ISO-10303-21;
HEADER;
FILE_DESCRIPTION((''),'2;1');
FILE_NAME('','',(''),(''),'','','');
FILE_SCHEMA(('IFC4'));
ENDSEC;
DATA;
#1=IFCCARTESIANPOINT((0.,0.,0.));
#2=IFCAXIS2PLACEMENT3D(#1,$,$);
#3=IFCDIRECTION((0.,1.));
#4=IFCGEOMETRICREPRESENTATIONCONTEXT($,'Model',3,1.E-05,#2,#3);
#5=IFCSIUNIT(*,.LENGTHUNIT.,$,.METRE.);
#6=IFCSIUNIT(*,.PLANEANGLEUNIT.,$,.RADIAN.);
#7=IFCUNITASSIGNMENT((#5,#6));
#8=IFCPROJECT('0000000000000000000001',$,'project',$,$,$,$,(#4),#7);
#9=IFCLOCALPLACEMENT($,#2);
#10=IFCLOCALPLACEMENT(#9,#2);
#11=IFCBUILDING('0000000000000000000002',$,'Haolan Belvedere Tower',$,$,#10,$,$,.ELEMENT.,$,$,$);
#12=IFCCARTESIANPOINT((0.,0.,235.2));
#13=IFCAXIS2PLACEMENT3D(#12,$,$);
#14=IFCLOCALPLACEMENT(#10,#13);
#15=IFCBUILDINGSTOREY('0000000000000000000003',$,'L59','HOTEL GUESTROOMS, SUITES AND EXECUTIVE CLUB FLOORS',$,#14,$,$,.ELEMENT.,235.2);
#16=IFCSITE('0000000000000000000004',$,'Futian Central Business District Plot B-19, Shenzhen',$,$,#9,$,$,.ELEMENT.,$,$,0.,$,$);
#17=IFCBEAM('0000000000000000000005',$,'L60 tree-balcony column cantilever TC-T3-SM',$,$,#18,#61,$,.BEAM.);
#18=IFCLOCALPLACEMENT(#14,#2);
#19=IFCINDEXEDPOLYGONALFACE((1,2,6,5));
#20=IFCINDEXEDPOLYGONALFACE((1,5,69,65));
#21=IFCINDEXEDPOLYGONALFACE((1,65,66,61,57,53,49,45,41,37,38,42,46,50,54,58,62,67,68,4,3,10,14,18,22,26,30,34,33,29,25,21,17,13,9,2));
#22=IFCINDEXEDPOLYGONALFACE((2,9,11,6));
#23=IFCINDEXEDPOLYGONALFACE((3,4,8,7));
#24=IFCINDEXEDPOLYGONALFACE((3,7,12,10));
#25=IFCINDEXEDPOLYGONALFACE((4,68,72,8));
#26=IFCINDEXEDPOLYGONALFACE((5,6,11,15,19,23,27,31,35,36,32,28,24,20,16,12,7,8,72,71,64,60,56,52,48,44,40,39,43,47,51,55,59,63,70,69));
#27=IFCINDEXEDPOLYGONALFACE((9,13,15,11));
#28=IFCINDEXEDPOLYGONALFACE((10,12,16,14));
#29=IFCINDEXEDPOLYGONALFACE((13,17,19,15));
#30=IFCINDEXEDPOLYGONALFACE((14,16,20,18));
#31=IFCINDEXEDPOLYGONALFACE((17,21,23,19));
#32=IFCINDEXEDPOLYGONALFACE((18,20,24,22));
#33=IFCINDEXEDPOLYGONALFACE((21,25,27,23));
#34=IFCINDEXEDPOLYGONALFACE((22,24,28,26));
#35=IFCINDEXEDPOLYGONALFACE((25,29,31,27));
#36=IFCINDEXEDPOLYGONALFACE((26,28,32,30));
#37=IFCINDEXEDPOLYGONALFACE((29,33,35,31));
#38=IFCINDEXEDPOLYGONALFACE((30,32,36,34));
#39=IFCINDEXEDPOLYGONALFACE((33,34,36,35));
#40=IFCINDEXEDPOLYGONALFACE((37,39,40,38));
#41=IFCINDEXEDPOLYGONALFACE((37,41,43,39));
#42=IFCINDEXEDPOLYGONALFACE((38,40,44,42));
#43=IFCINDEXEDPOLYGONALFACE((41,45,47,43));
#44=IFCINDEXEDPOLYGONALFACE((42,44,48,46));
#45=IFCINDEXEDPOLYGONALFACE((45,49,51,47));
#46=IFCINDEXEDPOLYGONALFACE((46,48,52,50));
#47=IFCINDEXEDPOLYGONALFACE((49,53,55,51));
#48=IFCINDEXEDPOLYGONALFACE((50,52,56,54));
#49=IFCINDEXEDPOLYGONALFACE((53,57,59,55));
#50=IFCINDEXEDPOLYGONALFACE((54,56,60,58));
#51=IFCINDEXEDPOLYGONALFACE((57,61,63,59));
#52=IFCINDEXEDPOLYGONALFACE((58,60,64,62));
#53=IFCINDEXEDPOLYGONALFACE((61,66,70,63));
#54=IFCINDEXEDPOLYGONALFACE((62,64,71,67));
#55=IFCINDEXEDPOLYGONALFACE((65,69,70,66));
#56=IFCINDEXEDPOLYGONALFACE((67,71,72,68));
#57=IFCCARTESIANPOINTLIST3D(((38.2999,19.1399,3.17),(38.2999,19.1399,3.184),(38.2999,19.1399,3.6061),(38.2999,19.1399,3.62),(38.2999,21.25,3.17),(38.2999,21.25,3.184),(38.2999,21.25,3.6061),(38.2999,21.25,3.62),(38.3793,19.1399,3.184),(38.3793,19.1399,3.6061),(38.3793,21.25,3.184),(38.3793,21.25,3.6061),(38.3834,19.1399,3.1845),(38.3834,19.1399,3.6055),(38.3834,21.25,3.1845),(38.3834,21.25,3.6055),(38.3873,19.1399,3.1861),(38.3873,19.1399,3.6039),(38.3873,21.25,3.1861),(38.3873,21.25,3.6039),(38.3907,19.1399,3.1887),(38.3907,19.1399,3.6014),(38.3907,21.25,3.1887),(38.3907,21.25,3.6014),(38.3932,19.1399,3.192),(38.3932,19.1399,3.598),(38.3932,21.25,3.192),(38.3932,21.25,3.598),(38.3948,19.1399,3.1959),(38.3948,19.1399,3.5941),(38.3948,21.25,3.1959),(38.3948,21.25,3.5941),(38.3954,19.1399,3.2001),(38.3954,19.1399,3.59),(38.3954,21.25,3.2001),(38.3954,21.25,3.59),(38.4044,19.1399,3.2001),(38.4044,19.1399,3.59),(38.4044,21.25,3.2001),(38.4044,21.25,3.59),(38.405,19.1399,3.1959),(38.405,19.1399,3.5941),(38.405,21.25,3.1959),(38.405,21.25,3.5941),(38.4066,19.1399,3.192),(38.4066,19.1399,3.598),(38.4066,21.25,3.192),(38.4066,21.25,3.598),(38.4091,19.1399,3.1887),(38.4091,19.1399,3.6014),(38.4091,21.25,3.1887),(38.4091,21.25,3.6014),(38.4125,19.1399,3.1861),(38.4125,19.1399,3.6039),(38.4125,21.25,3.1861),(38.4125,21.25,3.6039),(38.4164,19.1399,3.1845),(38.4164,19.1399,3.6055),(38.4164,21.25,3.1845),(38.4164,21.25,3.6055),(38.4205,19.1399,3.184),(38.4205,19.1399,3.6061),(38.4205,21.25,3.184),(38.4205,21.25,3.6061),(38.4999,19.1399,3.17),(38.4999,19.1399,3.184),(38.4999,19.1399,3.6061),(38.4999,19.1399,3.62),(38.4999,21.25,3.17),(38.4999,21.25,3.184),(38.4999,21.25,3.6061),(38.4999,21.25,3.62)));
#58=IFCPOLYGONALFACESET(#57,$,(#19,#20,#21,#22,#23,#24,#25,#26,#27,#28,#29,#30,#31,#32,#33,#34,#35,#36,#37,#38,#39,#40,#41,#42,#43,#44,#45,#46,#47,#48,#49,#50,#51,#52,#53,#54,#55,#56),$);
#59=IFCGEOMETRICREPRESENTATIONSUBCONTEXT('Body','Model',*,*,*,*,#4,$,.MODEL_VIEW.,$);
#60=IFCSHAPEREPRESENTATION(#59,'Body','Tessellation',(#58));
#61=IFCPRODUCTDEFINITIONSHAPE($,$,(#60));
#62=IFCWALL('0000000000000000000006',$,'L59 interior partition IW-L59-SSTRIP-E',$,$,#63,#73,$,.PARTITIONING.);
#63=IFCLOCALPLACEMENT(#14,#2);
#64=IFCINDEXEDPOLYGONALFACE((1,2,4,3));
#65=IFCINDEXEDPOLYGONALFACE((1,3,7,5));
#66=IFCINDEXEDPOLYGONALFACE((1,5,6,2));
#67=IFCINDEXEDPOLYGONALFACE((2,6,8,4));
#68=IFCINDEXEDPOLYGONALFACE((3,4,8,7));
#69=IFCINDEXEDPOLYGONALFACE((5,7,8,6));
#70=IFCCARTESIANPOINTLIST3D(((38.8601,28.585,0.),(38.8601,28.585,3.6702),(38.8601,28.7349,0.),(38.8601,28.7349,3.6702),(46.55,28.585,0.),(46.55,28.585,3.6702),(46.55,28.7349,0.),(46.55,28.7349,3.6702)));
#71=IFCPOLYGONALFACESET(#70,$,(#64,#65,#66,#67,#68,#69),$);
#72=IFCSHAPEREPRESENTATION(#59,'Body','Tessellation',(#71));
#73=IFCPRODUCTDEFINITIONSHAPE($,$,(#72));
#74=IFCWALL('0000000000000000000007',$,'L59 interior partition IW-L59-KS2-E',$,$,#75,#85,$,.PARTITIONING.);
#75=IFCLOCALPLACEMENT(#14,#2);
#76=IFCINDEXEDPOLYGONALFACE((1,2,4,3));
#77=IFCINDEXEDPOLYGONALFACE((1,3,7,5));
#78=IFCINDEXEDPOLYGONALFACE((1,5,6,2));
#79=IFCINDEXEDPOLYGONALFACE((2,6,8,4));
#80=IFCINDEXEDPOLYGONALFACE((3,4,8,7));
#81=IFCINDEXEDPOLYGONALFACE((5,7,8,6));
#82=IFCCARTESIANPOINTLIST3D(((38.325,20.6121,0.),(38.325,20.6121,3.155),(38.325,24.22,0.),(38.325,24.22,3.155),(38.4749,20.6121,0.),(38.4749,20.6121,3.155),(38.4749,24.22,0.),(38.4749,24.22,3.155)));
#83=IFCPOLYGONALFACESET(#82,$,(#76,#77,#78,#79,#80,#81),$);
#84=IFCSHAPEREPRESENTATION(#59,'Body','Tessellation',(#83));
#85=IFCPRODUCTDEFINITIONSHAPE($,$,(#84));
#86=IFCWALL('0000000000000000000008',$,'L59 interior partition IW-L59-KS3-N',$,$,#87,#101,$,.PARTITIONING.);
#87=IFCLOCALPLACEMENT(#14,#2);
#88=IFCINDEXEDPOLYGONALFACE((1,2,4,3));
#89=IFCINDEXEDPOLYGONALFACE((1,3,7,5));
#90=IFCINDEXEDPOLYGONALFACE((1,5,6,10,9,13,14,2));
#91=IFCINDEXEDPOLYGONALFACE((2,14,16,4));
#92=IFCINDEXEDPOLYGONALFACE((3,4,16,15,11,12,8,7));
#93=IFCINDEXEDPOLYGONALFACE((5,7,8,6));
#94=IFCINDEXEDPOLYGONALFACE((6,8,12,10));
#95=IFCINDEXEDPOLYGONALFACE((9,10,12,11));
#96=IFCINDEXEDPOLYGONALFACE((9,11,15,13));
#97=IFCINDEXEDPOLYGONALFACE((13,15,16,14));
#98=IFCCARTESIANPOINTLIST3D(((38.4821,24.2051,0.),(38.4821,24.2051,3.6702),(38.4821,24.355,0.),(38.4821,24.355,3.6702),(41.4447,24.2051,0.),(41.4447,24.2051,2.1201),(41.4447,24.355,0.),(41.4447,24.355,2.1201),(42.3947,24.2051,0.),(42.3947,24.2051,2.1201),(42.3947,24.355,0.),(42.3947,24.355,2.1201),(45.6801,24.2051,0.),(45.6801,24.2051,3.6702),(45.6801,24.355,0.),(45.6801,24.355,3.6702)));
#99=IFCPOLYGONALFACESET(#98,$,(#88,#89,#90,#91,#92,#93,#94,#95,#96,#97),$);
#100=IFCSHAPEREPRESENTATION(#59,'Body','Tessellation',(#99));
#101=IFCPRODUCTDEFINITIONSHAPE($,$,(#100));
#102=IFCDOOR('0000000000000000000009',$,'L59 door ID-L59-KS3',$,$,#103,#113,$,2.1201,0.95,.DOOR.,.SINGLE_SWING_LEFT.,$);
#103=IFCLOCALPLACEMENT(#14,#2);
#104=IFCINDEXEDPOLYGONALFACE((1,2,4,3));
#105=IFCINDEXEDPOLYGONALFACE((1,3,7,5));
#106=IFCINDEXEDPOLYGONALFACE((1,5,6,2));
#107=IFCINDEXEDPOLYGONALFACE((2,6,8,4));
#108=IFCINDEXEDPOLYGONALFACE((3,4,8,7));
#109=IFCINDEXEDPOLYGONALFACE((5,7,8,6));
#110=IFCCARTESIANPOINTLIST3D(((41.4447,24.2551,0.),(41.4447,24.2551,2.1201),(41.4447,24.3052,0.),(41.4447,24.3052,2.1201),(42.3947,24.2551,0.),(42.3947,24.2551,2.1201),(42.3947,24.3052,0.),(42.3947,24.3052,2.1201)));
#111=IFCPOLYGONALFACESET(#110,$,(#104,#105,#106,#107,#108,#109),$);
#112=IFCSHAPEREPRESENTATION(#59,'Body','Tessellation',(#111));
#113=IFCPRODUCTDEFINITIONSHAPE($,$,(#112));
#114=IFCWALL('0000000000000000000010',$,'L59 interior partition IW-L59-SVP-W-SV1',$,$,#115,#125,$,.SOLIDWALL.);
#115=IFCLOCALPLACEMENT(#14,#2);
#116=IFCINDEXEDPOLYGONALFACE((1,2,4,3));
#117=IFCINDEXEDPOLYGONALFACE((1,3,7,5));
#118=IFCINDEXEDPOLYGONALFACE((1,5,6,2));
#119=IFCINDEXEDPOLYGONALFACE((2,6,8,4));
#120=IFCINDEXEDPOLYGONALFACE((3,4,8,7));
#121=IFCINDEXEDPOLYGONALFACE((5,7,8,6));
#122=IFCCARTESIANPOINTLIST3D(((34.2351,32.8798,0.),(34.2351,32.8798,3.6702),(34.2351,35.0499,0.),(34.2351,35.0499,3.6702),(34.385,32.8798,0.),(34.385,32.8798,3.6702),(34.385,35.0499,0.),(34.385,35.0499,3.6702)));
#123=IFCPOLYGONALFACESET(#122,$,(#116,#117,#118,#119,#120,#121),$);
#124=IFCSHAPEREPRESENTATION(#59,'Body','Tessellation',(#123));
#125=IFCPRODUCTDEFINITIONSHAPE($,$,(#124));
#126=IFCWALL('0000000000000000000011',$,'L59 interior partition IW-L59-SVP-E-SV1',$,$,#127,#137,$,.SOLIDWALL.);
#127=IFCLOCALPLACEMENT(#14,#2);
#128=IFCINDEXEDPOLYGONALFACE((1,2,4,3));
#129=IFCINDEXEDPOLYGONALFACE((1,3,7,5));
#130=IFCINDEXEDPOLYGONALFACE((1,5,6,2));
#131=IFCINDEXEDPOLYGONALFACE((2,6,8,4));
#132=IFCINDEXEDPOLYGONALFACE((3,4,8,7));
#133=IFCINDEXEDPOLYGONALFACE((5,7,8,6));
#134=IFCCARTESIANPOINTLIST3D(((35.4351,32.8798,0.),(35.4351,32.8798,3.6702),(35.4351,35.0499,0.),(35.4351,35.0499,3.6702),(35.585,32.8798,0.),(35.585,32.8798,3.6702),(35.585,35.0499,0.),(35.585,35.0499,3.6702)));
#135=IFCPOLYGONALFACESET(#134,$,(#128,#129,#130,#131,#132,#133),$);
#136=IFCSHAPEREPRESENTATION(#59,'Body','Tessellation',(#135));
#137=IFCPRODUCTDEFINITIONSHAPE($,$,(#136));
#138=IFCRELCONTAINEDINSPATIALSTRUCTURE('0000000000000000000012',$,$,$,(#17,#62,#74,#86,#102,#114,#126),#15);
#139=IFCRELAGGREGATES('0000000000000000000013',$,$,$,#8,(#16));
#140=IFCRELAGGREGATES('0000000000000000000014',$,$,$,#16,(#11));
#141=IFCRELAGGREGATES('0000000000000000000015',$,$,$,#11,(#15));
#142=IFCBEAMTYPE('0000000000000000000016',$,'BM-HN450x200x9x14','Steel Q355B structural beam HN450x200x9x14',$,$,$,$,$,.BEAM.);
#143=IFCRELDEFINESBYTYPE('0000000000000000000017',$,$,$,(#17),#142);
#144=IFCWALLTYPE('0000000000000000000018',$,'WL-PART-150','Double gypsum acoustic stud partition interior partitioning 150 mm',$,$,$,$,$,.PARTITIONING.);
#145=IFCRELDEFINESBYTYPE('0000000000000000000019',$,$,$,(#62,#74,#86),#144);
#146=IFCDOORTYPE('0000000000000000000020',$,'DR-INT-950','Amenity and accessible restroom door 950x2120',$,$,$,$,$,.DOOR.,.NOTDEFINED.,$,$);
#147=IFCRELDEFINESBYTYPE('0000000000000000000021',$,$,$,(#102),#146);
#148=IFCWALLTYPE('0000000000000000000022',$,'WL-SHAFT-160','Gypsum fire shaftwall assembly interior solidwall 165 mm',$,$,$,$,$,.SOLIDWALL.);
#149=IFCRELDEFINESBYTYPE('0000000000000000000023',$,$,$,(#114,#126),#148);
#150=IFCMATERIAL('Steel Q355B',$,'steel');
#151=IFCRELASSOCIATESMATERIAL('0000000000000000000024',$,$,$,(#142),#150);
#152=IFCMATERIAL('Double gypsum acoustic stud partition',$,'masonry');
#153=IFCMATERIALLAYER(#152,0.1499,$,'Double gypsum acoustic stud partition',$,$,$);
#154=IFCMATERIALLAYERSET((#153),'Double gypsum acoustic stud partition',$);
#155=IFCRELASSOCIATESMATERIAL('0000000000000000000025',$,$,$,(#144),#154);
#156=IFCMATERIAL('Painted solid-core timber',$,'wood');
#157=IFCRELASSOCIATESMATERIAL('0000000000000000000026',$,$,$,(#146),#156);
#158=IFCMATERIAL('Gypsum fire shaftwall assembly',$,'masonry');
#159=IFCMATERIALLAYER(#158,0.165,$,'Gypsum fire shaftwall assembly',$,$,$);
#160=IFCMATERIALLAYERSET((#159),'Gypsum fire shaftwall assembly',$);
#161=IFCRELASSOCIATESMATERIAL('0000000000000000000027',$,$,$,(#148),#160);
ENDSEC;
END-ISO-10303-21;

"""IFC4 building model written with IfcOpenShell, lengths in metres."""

from ifc_helpers import new_model, si_unit, direction, frame, frame_2d, origin, origin_2d, place, context, subcontext, project, spatial, rectangle, i_section, extrude, material, layer, layer_set, material_profile, profile_set, type_object, element, fill, save


model = new_model("IFC4")

# Units and contexts
model_context = context("Model", 3, precision=1e-05, world=origin(), true_north=direction((0.0, 1.0)))
body_context = subcontext(model_context, "Body", "Model", "MODEL_VIEW")
ifc_project = project(units=[si_unit("LENGTHUNIT", "METRE"), si_unit("PLANEANGLEUNIT", "RADIAN")], contexts=[model_context])

# Site, building, storey
site_placement = place(None, origin())
site = spatial("IfcSite", under=ifc_project, at=site_placement, Name="Futian Central Business District Plot B-19, Shenzhen", CompositionType="ELEMENT", RefElevation=0.0)
building_placement = place(site_placement, origin())
building = spatial("IfcBuilding", under=site, at=building_placement, Name="Haolan Belvedere Tower", CompositionType="ELEMENT")
storey_placement = place(building_placement, frame((0.0, 0.0, 235.2)))
storey = spatial("IfcBuildingStorey", under=building, at=storey_placement, Name="L59", Description="HOTEL GUESTROOMS, SUITES AND EXECUTIVE CLUB FLOORS", CompositionType="ELEMENT", Elevation=235.2)

# Beam
ifc_material_1 = material(Name="Steel Q355B", Category="steel")
ifc_material_profile_1 = material_profile(ifc_material_1, i_section(OverallWidth=0.2, OverallDepth=0.45, WebThickness=0.009, FlangeThickness=0.0139, FilletRadius=0.0161, at=origin_2d()), Name="Steel Q355B")
ifc_profile_set_1 = profile_set([ifc_material_profile_1], Name="Steel Q355B")
beam_type_1 = type_object("IfcBeamType", Name="BM-HN450x200x9x14", Description="Steel Q355B structural beam HN450x200x9x14", PredefinedType="BEAM", material=ifc_profile_set_1)
beam_1_placement = place(storey_placement, frame((38.3999, 21.25, 3.395), z_axis=(0.0, -1.0, 0.0), x_axis=(1.0, 0.0, 0.0)))
element("IfcBeam", 1, at=beam_1_placement, inside=storey, type_object=beam_type_1, Name="L60 tree-balcony column cantilever TC-T3-SM", PredefinedType="BEAM", context=body_context, shape_type="SweptSolid", body=[
    extrude(i_section(OverallWidth=0.2, OverallDepth=0.45, WebThickness=0.009, FlangeThickness=0.0139, FilletRadius=0.0161, at=origin_2d()), origin(), (0.0, 0.0, 1.0), 2.1101),
])

# Walls
ifc_material_2 = material(Name="Double gypsum acoustic stud partition", Category="masonry")
ifc_layer_1 = layer(ifc_material_2, 0.1499, Name="Double gypsum acoustic stud partition")
ifc_layer_set_1 = layer_set([ifc_layer_1], Name="Double gypsum acoustic stud partition")
wall_type_1 = type_object("IfcWallType", Name="WL-PART-150", Description="Double gypsum acoustic stud partition interior partitioning 150 mm", PredefinedType="PARTITIONING", material=ifc_layer_set_1)
wall_1_placement = place(storey_placement, frame((38.8601, 28.6599, 0.0), z_axis=(0.0, 0.0, 1.0), x_axis=(1.0, 0.0, 0.0)))
element("IfcWall", 2, at=wall_1_placement, inside=storey, type_object=wall_type_1, Name="L59 interior partition IW-L59-SSTRIP-E", PredefinedType="PARTITIONING", context=body_context, shape_type="SweptSolid", body=[
    extrude(rectangle(XDim=7.6899, YDim=0.1499, at=frame_2d((3.845, 0.0))), origin(), (0.0, 0.0, 1.0), 3.6702),
])
wall_2_placement = place(storey_placement, frame((38.3999, 20.6121, 0.0), z_axis=(0.0, 0.0, 1.0), x_axis=(0.0, 1.0, 0.0)))
element("IfcWall", 3, at=wall_2_placement, inside=storey, type_object=wall_type_1, Name="L59 interior partition IW-L59-KS2-E", PredefinedType="PARTITIONING", context=body_context, shape_type="SweptSolid", body=[
    extrude(rectangle(XDim=3.6079, YDim=0.1499, at=frame_2d((1.804, 0.0))), origin(), (0.0, 0.0, 1.0), 3.155),
])

# Wall, opening, door
wall_3_placement = place(storey_placement, frame((38.4819, 24.28, 0.0), z_axis=(0.0, 0.0, 1.0), x_axis=(1.0, 0.0, 0.0)))
wall_3 = element("IfcWall", 4, at=wall_3_placement, inside=storey, type_object=wall_type_1, Name="L59 interior partition IW-L59-KS3-N", PredefinedType="PARTITIONING", context=body_context, shape_type="SweptSolid", body=[
    extrude(rectangle(XDim=7.198, YDim=0.1499, at=frame_2d((3.5991, 0.0))), origin(), (0.0, 0.0, 1.0), 3.6702),
])
opening_1_placement = place(wall_3_placement, frame((3.9128, 0.0, 0.0), z_axis=(0.0, 0.0, 1.0), x_axis=(-1.0, 0.0, 0.0)))
opening_1 = element("IfcOpeningElement", 5, at=opening_1_placement, cuts=wall_3, PredefinedType="OPENING", context=body_context, shape_type="SweptSolid", body=[
    extrude(rectangle(XDim=0.95, YDim=2.1201, at=frame_2d((0.4751, 1.0601))), frame((0.0, 0.085, 0.0), z_axis=(0.0, -1.0, 0.0), x_axis=(1.0, 0.0, 0.0)), (0.0, 0.0, 1.0), 0.1699),
])
ifc_material_3 = material(Name="Painted solid-core timber", Category="wood")
door_type_1 = type_object("IfcDoorType", Name="DR-INT-950", Description="Amenity and accessible restroom door 950x2120", OperationType="NOTDEFINED", PredefinedType="DOOR", material=ifc_material_3)
door_1_placement = place(opening_1_placement, origin())
door_1 = element("IfcDoor", 6, at=door_1_placement, inside=storey, type_object=door_type_1, Name="L59 door ID-L59-KS3", OperationType="SINGLE_SWING_LEFT", OverallHeight=2.1201, OverallWidth=0.95, PredefinedType="DOOR", context=body_context, shape_type="SweptSolid", body=[
    extrude(rectangle(XDim=0.95, YDim=2.1201, at=frame_2d((0.4751, 1.0601))), frame((0.0, 0.0249, 0.0), z_axis=(0.0, -1.0, 0.0), x_axis=(1.0, 0.0, 0.0)), (0.0, 0.0, 1.0), 0.05),
])
fill(opening_1, door_1)

# Walls
ifc_material_4 = material(Name="Gypsum fire shaftwall assembly", Category="masonry")
ifc_layer_2 = layer(ifc_material_4, 0.165, Name="Gypsum fire shaftwall assembly")
ifc_layer_set_2 = layer_set([ifc_layer_2], Name="Gypsum fire shaftwall assembly")
wall_type_2 = type_object("IfcWallType", Name="WL-SHAFT-160", Description="Gypsum fire shaftwall assembly interior solidwall 165 mm", PredefinedType="SOLIDWALL", material=ifc_layer_set_2)
for number, where, z_axis, x_axis, name in (
    (7, (34.3101, 32.8799, 0.0), (0.0, 0.0, 1.0), (0.0, 1.0, 0.0), "L59 interior partition IW-L59-SVP-W-SV1"),
    (8, (35.51, 32.8799, 0.0), (0.0, 0.0, 1.0), (0.0, 1.0, 0.0), "L59 interior partition IW-L59-SVP-E-SV1"),
):
    element("IfcWall", number, at=place(storey_placement, frame(where, z_axis=z_axis, x_axis=x_axis)), inside=storey, type_object=wall_type_2, Name=name, PredefinedType="SOLIDWALL", context=body_context, shape_type="SweptSolid", body=[
        extrude(rectangle(XDim=2.1702, YDim=0.1499, at=frame_2d((1.085, 0.0))), origin(), (0.0, 0.0, 1.0), 3.6702),
    ])

save(model, "model.ifc")
